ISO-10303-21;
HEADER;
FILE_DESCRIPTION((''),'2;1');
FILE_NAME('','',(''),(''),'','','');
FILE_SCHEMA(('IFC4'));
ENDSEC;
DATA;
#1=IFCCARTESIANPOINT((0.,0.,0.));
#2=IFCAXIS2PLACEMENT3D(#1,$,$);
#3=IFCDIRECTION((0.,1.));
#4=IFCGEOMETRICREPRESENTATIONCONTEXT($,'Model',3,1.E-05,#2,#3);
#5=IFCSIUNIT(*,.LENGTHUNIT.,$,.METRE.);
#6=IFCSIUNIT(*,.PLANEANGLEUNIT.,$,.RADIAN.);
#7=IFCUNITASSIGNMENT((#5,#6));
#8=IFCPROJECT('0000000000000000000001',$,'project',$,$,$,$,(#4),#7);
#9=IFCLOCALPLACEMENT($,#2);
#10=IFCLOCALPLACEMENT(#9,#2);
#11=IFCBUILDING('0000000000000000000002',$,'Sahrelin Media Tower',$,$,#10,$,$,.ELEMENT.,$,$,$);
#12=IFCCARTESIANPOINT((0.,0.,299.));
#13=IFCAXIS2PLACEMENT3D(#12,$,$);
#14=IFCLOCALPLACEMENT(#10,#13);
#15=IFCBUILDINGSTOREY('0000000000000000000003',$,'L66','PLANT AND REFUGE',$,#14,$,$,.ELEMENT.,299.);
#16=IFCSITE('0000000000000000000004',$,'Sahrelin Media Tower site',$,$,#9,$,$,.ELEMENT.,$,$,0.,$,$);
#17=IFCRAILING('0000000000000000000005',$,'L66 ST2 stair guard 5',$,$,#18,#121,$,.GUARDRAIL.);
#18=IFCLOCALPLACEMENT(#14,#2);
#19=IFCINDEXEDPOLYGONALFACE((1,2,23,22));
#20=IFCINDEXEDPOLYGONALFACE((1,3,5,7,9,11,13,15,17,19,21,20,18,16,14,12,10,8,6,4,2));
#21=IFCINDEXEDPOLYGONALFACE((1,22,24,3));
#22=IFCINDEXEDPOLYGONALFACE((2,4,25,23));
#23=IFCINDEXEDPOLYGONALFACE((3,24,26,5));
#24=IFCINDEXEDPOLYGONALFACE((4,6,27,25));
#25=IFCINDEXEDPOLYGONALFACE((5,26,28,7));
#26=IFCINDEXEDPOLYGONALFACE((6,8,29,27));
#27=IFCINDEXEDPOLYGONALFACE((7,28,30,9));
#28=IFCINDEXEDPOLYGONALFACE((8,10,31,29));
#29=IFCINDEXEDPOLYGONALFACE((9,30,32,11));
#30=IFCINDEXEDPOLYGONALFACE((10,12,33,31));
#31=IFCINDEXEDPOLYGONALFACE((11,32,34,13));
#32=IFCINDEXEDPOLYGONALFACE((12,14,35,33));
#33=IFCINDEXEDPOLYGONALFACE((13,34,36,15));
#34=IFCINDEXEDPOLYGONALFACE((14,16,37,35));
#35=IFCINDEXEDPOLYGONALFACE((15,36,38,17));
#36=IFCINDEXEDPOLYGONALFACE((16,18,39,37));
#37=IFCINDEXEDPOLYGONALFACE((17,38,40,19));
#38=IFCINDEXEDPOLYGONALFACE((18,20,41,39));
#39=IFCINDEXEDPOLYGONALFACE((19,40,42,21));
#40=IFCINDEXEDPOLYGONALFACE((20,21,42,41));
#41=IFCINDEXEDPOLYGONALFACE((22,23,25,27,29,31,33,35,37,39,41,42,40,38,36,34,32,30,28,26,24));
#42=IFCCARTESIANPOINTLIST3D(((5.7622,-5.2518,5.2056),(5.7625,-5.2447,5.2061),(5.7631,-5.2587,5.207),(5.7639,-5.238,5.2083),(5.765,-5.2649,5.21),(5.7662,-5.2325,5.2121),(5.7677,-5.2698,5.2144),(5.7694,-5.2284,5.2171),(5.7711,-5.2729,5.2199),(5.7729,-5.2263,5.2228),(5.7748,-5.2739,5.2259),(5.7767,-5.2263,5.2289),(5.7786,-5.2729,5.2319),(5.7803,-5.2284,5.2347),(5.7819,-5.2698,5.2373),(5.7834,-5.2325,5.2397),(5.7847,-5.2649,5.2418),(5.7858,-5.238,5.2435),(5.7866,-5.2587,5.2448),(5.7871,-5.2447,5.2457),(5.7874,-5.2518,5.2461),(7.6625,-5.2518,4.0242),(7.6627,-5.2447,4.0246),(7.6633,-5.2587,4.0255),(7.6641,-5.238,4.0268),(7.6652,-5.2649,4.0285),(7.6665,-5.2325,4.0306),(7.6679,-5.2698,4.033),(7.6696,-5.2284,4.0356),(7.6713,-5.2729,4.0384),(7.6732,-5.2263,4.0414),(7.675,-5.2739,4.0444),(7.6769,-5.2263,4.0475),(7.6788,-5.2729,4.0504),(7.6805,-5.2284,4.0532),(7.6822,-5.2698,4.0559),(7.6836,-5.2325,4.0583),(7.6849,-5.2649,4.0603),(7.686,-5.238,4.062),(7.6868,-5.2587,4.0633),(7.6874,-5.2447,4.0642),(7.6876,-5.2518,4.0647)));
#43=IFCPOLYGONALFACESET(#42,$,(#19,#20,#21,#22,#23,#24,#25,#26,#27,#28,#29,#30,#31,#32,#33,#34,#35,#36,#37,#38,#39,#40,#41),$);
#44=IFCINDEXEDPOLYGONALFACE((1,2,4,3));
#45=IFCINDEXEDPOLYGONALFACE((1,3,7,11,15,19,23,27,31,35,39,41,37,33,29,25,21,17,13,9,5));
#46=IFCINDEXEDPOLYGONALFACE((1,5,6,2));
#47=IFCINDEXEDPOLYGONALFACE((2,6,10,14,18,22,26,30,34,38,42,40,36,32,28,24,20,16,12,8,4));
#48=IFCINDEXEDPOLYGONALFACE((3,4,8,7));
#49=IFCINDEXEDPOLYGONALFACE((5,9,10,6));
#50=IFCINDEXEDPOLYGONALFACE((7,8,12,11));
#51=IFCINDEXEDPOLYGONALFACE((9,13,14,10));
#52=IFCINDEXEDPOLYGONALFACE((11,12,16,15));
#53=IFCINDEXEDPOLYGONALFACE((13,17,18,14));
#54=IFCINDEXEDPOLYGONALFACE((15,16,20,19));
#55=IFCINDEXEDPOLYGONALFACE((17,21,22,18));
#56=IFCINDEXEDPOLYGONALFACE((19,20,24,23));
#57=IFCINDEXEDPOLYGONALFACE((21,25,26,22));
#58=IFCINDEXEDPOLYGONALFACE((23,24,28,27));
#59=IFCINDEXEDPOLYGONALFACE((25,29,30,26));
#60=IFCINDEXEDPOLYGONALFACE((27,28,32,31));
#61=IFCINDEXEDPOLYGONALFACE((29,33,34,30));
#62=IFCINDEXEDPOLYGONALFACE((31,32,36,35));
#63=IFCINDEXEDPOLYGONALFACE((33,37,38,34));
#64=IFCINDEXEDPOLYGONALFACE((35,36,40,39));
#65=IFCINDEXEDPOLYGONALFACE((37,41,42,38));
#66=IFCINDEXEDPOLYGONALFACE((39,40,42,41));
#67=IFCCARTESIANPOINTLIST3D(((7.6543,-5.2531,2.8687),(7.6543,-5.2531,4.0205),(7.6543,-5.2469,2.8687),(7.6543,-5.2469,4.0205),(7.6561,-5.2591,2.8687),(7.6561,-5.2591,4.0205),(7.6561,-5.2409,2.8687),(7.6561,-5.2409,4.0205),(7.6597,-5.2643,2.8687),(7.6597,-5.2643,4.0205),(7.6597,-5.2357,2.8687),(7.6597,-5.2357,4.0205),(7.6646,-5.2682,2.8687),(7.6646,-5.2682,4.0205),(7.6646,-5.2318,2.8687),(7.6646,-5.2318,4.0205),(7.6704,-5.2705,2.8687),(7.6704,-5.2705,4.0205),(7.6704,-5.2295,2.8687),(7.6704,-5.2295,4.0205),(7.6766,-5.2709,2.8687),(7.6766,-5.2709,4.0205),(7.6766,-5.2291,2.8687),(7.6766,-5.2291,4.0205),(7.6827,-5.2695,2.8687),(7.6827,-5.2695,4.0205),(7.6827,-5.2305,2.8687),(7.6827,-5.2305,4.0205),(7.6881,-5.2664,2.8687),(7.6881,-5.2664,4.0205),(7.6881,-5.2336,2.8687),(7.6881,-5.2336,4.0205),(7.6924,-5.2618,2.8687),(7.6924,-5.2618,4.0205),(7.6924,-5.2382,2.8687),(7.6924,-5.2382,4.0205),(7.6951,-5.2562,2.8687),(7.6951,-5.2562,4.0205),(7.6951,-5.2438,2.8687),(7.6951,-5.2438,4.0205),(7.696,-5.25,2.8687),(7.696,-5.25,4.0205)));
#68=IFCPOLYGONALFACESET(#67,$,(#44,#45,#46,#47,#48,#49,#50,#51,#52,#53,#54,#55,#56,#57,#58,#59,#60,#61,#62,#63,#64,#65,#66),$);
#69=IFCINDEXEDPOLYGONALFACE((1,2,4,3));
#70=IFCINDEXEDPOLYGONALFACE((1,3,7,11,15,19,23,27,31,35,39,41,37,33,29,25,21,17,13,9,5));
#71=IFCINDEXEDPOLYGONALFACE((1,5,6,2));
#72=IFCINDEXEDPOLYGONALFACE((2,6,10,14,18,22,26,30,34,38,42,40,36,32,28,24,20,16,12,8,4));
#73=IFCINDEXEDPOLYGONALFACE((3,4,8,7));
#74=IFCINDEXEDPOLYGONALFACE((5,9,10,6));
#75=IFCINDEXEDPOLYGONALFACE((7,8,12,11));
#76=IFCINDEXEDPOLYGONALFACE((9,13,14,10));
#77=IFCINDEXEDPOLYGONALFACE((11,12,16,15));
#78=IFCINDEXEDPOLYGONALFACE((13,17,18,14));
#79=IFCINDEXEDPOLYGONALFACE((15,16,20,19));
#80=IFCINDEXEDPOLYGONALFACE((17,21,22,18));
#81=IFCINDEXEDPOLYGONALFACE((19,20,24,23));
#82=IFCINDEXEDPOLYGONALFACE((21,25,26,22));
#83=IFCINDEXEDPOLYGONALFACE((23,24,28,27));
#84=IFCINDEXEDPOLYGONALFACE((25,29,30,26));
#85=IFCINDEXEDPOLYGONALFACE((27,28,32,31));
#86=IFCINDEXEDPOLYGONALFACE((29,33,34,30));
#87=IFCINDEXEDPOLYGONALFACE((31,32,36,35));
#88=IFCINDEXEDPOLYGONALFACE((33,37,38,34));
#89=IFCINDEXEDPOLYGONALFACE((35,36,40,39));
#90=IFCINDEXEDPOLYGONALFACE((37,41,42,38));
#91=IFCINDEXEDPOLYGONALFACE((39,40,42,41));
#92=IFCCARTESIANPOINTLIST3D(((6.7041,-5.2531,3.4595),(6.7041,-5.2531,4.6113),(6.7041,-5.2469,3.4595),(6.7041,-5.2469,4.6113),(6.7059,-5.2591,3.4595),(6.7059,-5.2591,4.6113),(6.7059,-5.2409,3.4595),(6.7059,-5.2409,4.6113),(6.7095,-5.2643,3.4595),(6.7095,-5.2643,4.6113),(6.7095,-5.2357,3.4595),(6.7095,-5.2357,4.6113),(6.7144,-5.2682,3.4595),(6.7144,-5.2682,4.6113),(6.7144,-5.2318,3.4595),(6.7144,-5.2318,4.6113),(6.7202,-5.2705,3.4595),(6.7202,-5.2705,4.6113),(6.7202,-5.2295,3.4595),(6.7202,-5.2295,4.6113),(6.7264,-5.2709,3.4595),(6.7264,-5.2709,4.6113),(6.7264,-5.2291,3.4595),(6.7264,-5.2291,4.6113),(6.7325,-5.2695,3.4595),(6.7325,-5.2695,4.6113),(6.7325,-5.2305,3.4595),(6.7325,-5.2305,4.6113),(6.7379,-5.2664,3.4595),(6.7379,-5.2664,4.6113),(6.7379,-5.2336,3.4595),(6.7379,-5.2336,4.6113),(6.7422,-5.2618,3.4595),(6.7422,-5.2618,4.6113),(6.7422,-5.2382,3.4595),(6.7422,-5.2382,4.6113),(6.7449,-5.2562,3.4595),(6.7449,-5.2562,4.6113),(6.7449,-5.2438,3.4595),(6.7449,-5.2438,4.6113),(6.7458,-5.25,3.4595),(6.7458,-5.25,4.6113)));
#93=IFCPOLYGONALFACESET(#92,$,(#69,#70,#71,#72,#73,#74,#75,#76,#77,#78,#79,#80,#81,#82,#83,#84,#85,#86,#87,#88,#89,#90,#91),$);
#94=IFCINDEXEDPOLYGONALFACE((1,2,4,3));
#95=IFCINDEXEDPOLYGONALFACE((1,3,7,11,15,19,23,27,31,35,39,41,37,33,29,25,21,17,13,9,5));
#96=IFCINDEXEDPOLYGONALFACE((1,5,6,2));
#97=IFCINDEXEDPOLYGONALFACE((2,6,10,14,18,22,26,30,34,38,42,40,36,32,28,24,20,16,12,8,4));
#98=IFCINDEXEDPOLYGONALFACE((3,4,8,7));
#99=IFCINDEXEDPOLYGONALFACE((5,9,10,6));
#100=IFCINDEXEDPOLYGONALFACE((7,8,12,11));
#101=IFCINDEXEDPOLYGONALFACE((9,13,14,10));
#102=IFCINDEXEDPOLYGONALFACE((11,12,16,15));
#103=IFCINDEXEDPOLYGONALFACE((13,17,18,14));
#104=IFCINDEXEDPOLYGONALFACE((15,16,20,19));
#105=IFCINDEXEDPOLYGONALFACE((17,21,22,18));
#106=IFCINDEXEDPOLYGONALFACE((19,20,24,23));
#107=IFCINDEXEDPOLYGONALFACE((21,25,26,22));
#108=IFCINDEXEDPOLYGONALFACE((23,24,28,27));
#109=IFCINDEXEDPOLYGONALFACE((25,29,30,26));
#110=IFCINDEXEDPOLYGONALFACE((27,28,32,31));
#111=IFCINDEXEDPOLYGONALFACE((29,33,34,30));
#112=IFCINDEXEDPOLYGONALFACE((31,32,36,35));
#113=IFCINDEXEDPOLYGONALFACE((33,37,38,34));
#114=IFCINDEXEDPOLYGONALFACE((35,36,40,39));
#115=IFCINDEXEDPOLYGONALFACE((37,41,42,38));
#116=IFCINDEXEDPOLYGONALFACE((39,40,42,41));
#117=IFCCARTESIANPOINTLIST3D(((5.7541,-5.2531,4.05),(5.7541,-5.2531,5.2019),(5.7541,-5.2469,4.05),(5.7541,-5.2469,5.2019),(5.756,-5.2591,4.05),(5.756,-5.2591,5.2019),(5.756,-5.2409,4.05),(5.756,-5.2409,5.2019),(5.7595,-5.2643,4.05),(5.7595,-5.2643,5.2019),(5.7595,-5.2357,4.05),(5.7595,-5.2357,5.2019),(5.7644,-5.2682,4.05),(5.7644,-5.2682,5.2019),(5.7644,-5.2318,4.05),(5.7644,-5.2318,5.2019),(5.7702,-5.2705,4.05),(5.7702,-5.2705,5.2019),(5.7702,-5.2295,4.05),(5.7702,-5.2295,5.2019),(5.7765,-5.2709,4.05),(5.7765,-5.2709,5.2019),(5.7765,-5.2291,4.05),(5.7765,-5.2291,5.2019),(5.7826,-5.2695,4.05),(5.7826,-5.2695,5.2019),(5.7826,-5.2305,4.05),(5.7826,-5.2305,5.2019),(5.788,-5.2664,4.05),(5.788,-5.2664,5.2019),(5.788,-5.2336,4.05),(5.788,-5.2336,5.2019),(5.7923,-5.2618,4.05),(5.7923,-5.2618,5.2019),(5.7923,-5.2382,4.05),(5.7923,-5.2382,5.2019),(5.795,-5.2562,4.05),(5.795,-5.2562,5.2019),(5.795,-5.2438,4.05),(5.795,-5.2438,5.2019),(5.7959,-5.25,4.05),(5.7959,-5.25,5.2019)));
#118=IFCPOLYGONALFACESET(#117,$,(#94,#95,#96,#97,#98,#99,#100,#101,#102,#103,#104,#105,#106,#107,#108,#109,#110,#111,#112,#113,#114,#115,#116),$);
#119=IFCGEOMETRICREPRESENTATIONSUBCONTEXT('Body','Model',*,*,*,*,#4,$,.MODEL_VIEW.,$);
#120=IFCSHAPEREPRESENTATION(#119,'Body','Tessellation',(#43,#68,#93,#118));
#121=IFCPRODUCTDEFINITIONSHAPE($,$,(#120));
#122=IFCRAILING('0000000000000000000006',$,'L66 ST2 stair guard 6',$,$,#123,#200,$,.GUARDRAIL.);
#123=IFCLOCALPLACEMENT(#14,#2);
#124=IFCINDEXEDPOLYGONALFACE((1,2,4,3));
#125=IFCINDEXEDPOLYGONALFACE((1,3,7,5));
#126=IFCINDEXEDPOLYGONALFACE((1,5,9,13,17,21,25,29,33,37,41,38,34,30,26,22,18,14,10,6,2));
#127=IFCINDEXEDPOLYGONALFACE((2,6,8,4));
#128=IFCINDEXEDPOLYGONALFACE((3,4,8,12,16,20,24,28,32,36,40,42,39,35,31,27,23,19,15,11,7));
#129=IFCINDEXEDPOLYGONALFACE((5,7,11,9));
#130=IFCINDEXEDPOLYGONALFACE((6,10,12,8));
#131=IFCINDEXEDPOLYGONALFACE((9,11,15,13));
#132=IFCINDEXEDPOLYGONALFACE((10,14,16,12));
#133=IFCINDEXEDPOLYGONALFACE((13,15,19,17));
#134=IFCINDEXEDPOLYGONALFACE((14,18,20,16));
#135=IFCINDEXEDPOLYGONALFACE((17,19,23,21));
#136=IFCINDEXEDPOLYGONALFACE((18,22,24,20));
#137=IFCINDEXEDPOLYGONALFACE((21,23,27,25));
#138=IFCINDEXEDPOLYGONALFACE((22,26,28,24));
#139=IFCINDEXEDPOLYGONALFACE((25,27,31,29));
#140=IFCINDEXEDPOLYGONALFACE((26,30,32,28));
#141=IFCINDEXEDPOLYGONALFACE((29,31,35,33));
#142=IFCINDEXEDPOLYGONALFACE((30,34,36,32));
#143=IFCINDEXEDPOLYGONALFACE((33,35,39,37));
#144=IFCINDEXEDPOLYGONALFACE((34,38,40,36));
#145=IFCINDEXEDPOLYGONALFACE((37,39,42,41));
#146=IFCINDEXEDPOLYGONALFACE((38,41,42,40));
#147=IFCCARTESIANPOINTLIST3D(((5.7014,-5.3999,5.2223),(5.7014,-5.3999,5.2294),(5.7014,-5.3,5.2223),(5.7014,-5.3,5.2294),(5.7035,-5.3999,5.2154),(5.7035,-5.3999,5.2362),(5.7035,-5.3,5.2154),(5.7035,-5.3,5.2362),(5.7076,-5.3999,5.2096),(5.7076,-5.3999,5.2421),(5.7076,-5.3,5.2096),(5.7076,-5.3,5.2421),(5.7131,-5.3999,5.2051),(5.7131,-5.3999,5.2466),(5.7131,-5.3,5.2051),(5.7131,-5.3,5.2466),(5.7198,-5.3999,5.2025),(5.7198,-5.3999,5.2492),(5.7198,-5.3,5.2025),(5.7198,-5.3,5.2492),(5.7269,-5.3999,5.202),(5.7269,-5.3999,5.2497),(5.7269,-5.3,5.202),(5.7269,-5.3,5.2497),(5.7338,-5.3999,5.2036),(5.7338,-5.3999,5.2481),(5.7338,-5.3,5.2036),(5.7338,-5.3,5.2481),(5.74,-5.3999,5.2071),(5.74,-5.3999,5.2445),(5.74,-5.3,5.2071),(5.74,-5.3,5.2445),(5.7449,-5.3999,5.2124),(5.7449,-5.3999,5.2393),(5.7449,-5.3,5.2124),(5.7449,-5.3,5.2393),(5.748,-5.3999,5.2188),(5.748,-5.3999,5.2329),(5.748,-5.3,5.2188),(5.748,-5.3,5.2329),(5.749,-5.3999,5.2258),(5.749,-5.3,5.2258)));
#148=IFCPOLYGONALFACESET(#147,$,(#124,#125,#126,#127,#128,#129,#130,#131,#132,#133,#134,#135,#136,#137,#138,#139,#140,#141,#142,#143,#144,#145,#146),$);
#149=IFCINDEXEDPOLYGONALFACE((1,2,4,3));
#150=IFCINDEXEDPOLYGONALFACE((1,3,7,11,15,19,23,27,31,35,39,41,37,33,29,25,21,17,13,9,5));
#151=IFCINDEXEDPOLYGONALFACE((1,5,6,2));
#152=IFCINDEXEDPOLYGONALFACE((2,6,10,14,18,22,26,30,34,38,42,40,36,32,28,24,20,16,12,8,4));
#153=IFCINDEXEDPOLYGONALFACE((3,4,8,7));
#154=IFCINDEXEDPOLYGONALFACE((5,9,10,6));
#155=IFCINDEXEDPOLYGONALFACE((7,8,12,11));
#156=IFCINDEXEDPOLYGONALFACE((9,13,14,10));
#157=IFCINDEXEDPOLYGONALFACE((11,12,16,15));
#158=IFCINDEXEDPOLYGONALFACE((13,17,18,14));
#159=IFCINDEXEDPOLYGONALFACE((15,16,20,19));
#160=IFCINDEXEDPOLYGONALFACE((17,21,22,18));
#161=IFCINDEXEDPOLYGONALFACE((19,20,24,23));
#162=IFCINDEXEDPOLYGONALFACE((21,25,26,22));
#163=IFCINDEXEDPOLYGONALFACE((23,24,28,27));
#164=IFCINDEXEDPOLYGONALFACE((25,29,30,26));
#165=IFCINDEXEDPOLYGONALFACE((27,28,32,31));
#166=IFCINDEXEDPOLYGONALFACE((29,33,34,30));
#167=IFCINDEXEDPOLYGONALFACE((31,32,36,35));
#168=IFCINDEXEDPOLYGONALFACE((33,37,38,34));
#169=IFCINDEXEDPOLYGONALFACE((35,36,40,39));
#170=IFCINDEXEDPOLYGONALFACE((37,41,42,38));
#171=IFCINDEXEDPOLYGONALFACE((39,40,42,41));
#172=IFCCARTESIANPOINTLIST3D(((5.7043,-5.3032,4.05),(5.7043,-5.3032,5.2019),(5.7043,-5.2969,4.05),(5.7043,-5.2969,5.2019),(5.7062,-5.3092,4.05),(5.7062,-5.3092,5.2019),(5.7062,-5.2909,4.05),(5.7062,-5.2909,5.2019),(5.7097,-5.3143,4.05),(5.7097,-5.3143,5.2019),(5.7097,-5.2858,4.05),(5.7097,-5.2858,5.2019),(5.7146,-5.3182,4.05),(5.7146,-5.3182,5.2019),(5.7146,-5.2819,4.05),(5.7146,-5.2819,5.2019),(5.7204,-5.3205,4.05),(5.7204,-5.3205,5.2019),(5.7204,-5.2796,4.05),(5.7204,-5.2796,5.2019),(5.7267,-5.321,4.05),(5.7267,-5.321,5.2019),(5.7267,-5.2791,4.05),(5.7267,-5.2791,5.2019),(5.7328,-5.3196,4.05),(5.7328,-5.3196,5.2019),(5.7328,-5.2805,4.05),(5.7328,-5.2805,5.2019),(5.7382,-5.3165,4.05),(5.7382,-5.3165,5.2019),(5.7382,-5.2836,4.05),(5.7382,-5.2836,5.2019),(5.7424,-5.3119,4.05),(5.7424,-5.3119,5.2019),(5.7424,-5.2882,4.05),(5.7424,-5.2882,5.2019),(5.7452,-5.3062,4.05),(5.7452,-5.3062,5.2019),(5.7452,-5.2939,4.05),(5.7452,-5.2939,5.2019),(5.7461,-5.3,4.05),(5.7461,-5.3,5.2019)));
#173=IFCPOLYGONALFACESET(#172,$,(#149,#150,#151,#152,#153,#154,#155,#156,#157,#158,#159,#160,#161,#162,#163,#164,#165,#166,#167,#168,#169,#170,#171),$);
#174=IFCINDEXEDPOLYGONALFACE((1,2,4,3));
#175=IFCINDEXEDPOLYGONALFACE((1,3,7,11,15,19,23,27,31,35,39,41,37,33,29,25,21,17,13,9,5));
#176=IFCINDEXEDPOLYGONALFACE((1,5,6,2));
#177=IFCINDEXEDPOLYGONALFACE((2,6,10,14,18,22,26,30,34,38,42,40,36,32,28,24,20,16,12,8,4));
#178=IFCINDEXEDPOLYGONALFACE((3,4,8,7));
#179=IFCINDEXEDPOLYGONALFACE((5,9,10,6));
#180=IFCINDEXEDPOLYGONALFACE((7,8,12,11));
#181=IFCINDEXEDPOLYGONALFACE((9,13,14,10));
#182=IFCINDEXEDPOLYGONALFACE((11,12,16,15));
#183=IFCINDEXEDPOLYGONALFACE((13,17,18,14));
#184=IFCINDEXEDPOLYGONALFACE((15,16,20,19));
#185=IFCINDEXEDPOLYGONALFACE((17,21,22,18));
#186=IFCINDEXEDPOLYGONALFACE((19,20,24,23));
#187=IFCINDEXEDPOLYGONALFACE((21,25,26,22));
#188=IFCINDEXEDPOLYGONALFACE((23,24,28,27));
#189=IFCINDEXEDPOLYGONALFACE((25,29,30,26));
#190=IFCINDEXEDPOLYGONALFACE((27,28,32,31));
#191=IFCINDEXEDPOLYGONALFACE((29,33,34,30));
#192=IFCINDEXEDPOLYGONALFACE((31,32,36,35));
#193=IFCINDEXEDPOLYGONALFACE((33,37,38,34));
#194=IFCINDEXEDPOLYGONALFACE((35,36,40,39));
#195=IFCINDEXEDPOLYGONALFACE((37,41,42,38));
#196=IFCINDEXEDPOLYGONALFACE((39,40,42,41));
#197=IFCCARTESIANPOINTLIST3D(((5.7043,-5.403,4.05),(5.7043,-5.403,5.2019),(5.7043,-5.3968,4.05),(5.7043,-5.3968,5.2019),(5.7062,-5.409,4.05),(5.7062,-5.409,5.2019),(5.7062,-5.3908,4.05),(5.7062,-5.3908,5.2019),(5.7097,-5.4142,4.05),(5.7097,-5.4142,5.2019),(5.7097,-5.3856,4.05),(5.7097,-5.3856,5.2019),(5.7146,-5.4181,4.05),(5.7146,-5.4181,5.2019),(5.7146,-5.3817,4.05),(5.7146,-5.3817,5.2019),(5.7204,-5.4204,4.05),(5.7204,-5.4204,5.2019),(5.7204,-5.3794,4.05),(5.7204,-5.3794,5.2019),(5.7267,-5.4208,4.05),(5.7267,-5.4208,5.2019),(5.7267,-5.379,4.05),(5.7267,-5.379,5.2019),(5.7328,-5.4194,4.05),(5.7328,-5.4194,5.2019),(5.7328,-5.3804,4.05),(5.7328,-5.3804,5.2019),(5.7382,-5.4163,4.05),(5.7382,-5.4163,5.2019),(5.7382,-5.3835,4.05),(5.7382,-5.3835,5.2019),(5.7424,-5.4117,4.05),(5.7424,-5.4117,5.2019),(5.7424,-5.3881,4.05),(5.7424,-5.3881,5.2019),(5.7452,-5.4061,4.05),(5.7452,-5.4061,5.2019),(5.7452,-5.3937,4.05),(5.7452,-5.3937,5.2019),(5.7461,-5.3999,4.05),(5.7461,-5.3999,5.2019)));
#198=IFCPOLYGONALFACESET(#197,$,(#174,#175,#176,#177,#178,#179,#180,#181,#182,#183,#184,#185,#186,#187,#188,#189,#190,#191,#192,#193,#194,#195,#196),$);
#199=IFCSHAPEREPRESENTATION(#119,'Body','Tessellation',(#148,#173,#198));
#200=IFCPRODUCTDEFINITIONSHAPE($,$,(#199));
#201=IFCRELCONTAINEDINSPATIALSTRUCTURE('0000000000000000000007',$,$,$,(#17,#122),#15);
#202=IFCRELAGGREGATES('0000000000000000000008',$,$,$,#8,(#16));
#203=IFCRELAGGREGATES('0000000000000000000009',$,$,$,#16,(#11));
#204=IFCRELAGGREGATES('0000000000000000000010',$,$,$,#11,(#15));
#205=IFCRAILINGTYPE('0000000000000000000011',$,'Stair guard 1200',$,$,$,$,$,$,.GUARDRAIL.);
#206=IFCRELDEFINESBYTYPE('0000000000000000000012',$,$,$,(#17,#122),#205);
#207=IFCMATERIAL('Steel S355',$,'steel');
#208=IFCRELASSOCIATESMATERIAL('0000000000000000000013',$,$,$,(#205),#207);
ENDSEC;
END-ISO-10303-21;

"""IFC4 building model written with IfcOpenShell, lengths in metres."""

from ifc_helpers import new_model, si_unit, direction, frame, origin, origin_2d, place, context, subcontext, project, spatial, circle, extrude, material, type_object, element, save


model = new_model("IFC4")

# Units and contexts
model_context = context("Model", 3, precision=1e-05, world=origin(), true_north=direction((0.0, 1.0)))
body_context = subcontext(model_context, "Body", "Model", "MODEL_VIEW")
ifc_project = project(units=[si_unit("LENGTHUNIT", "METRE"), si_unit("PLANEANGLEUNIT", "RADIAN")], contexts=[model_context])

# Site, building, storey
site_placement = place(None, origin())
site = spatial("IfcSite", under=ifc_project, at=site_placement, Name="Sahrelin Media Tower site", CompositionType="ELEMENT", RefElevation=0.0)
building_placement = place(site_placement, origin())
building = spatial("IfcBuilding", under=site, at=building_placement, Name="Sahrelin Media Tower", CompositionType="ELEMENT")
storey_placement = place(building_placement, frame((0.0, 0.0, 299.0)))
storey = spatial("IfcBuildingStorey", under=building, at=storey_placement, Name="L66", Description="PLANT AND REFUGE", CompositionType="ELEMENT", Elevation=299.0)

# Shared definitions
ifc_material_1 = material(Name="Steel S355", Category="steel")

# Railings
railing_type_1 = type_object("IfcRailingType", Name="Stair guard 1200", PredefinedType="GUARDRAIL", material=ifc_material_1)
railing_1_placement = place(storey_placement, frame((7.675, -5.25, 2.8687)))
element("IfcRailing", 1, at=railing_1_placement, inside=storey, type_object=railing_type_1, Name="L66 ST2 stair guard 5", PredefinedType="GUARDRAIL", context=body_context, shape_type="SweptSolid", body=[
    extrude(circle(Radius=0.0239, at=origin_2d()), frame((0.0, 0.0, 1.1758), z_axis=(-0.84924, 0.0, 0.528006), x_axis=(0.0, -1.0, 0.0)), (0.0, 0.0, 1.0), 2.2375),
    extrude(circle(Radius=0.021, at=origin_2d()), origin(), (0.0, 0.0, 1.0), 1.1519),
    extrude(circle(Radius=0.021, at=origin_2d()), frame((-0.9502, 0.0, 0.5908)), (0.0, 0.0, 1.0), 1.1519),
    extrude(circle(Radius=0.021, at=origin_2d()), frame((-1.9001, 0.0, 1.1814)), (0.0, 0.0, 1.0), 1.1519),
])
for number, where, name in (
    (2, (5.7251, -5.3, 4.05), "L66 ST2 stair guard 6"),
):
    element("IfcRailing", number, at=place(storey_placement, frame(where)), inside=storey, type_object=railing_type_1, Name=name, PredefinedType="GUARDRAIL", context=body_context, shape_type="SweptSolid", body=[
        extrude(circle(Radius=0.0239, at=origin_2d()), frame((0.0, 0.0, 1.1758), z_axis=(0.0, -1.0, 0.0), x_axis=(1.0, 0.0, 0.0)), (0.0, 0.0, 1.0), 0.0999),
        extrude(circle(Radius=0.021, at=origin_2d()), origin(), (0.0, 0.0, 1.0), 1.1519),
        extrude(circle(Radius=0.021, at=origin_2d()), frame((0.0, -0.0999, 0.0)), (0.0, 0.0, 1.0), 1.1519),
    ])

save(model, "model.ifc")
